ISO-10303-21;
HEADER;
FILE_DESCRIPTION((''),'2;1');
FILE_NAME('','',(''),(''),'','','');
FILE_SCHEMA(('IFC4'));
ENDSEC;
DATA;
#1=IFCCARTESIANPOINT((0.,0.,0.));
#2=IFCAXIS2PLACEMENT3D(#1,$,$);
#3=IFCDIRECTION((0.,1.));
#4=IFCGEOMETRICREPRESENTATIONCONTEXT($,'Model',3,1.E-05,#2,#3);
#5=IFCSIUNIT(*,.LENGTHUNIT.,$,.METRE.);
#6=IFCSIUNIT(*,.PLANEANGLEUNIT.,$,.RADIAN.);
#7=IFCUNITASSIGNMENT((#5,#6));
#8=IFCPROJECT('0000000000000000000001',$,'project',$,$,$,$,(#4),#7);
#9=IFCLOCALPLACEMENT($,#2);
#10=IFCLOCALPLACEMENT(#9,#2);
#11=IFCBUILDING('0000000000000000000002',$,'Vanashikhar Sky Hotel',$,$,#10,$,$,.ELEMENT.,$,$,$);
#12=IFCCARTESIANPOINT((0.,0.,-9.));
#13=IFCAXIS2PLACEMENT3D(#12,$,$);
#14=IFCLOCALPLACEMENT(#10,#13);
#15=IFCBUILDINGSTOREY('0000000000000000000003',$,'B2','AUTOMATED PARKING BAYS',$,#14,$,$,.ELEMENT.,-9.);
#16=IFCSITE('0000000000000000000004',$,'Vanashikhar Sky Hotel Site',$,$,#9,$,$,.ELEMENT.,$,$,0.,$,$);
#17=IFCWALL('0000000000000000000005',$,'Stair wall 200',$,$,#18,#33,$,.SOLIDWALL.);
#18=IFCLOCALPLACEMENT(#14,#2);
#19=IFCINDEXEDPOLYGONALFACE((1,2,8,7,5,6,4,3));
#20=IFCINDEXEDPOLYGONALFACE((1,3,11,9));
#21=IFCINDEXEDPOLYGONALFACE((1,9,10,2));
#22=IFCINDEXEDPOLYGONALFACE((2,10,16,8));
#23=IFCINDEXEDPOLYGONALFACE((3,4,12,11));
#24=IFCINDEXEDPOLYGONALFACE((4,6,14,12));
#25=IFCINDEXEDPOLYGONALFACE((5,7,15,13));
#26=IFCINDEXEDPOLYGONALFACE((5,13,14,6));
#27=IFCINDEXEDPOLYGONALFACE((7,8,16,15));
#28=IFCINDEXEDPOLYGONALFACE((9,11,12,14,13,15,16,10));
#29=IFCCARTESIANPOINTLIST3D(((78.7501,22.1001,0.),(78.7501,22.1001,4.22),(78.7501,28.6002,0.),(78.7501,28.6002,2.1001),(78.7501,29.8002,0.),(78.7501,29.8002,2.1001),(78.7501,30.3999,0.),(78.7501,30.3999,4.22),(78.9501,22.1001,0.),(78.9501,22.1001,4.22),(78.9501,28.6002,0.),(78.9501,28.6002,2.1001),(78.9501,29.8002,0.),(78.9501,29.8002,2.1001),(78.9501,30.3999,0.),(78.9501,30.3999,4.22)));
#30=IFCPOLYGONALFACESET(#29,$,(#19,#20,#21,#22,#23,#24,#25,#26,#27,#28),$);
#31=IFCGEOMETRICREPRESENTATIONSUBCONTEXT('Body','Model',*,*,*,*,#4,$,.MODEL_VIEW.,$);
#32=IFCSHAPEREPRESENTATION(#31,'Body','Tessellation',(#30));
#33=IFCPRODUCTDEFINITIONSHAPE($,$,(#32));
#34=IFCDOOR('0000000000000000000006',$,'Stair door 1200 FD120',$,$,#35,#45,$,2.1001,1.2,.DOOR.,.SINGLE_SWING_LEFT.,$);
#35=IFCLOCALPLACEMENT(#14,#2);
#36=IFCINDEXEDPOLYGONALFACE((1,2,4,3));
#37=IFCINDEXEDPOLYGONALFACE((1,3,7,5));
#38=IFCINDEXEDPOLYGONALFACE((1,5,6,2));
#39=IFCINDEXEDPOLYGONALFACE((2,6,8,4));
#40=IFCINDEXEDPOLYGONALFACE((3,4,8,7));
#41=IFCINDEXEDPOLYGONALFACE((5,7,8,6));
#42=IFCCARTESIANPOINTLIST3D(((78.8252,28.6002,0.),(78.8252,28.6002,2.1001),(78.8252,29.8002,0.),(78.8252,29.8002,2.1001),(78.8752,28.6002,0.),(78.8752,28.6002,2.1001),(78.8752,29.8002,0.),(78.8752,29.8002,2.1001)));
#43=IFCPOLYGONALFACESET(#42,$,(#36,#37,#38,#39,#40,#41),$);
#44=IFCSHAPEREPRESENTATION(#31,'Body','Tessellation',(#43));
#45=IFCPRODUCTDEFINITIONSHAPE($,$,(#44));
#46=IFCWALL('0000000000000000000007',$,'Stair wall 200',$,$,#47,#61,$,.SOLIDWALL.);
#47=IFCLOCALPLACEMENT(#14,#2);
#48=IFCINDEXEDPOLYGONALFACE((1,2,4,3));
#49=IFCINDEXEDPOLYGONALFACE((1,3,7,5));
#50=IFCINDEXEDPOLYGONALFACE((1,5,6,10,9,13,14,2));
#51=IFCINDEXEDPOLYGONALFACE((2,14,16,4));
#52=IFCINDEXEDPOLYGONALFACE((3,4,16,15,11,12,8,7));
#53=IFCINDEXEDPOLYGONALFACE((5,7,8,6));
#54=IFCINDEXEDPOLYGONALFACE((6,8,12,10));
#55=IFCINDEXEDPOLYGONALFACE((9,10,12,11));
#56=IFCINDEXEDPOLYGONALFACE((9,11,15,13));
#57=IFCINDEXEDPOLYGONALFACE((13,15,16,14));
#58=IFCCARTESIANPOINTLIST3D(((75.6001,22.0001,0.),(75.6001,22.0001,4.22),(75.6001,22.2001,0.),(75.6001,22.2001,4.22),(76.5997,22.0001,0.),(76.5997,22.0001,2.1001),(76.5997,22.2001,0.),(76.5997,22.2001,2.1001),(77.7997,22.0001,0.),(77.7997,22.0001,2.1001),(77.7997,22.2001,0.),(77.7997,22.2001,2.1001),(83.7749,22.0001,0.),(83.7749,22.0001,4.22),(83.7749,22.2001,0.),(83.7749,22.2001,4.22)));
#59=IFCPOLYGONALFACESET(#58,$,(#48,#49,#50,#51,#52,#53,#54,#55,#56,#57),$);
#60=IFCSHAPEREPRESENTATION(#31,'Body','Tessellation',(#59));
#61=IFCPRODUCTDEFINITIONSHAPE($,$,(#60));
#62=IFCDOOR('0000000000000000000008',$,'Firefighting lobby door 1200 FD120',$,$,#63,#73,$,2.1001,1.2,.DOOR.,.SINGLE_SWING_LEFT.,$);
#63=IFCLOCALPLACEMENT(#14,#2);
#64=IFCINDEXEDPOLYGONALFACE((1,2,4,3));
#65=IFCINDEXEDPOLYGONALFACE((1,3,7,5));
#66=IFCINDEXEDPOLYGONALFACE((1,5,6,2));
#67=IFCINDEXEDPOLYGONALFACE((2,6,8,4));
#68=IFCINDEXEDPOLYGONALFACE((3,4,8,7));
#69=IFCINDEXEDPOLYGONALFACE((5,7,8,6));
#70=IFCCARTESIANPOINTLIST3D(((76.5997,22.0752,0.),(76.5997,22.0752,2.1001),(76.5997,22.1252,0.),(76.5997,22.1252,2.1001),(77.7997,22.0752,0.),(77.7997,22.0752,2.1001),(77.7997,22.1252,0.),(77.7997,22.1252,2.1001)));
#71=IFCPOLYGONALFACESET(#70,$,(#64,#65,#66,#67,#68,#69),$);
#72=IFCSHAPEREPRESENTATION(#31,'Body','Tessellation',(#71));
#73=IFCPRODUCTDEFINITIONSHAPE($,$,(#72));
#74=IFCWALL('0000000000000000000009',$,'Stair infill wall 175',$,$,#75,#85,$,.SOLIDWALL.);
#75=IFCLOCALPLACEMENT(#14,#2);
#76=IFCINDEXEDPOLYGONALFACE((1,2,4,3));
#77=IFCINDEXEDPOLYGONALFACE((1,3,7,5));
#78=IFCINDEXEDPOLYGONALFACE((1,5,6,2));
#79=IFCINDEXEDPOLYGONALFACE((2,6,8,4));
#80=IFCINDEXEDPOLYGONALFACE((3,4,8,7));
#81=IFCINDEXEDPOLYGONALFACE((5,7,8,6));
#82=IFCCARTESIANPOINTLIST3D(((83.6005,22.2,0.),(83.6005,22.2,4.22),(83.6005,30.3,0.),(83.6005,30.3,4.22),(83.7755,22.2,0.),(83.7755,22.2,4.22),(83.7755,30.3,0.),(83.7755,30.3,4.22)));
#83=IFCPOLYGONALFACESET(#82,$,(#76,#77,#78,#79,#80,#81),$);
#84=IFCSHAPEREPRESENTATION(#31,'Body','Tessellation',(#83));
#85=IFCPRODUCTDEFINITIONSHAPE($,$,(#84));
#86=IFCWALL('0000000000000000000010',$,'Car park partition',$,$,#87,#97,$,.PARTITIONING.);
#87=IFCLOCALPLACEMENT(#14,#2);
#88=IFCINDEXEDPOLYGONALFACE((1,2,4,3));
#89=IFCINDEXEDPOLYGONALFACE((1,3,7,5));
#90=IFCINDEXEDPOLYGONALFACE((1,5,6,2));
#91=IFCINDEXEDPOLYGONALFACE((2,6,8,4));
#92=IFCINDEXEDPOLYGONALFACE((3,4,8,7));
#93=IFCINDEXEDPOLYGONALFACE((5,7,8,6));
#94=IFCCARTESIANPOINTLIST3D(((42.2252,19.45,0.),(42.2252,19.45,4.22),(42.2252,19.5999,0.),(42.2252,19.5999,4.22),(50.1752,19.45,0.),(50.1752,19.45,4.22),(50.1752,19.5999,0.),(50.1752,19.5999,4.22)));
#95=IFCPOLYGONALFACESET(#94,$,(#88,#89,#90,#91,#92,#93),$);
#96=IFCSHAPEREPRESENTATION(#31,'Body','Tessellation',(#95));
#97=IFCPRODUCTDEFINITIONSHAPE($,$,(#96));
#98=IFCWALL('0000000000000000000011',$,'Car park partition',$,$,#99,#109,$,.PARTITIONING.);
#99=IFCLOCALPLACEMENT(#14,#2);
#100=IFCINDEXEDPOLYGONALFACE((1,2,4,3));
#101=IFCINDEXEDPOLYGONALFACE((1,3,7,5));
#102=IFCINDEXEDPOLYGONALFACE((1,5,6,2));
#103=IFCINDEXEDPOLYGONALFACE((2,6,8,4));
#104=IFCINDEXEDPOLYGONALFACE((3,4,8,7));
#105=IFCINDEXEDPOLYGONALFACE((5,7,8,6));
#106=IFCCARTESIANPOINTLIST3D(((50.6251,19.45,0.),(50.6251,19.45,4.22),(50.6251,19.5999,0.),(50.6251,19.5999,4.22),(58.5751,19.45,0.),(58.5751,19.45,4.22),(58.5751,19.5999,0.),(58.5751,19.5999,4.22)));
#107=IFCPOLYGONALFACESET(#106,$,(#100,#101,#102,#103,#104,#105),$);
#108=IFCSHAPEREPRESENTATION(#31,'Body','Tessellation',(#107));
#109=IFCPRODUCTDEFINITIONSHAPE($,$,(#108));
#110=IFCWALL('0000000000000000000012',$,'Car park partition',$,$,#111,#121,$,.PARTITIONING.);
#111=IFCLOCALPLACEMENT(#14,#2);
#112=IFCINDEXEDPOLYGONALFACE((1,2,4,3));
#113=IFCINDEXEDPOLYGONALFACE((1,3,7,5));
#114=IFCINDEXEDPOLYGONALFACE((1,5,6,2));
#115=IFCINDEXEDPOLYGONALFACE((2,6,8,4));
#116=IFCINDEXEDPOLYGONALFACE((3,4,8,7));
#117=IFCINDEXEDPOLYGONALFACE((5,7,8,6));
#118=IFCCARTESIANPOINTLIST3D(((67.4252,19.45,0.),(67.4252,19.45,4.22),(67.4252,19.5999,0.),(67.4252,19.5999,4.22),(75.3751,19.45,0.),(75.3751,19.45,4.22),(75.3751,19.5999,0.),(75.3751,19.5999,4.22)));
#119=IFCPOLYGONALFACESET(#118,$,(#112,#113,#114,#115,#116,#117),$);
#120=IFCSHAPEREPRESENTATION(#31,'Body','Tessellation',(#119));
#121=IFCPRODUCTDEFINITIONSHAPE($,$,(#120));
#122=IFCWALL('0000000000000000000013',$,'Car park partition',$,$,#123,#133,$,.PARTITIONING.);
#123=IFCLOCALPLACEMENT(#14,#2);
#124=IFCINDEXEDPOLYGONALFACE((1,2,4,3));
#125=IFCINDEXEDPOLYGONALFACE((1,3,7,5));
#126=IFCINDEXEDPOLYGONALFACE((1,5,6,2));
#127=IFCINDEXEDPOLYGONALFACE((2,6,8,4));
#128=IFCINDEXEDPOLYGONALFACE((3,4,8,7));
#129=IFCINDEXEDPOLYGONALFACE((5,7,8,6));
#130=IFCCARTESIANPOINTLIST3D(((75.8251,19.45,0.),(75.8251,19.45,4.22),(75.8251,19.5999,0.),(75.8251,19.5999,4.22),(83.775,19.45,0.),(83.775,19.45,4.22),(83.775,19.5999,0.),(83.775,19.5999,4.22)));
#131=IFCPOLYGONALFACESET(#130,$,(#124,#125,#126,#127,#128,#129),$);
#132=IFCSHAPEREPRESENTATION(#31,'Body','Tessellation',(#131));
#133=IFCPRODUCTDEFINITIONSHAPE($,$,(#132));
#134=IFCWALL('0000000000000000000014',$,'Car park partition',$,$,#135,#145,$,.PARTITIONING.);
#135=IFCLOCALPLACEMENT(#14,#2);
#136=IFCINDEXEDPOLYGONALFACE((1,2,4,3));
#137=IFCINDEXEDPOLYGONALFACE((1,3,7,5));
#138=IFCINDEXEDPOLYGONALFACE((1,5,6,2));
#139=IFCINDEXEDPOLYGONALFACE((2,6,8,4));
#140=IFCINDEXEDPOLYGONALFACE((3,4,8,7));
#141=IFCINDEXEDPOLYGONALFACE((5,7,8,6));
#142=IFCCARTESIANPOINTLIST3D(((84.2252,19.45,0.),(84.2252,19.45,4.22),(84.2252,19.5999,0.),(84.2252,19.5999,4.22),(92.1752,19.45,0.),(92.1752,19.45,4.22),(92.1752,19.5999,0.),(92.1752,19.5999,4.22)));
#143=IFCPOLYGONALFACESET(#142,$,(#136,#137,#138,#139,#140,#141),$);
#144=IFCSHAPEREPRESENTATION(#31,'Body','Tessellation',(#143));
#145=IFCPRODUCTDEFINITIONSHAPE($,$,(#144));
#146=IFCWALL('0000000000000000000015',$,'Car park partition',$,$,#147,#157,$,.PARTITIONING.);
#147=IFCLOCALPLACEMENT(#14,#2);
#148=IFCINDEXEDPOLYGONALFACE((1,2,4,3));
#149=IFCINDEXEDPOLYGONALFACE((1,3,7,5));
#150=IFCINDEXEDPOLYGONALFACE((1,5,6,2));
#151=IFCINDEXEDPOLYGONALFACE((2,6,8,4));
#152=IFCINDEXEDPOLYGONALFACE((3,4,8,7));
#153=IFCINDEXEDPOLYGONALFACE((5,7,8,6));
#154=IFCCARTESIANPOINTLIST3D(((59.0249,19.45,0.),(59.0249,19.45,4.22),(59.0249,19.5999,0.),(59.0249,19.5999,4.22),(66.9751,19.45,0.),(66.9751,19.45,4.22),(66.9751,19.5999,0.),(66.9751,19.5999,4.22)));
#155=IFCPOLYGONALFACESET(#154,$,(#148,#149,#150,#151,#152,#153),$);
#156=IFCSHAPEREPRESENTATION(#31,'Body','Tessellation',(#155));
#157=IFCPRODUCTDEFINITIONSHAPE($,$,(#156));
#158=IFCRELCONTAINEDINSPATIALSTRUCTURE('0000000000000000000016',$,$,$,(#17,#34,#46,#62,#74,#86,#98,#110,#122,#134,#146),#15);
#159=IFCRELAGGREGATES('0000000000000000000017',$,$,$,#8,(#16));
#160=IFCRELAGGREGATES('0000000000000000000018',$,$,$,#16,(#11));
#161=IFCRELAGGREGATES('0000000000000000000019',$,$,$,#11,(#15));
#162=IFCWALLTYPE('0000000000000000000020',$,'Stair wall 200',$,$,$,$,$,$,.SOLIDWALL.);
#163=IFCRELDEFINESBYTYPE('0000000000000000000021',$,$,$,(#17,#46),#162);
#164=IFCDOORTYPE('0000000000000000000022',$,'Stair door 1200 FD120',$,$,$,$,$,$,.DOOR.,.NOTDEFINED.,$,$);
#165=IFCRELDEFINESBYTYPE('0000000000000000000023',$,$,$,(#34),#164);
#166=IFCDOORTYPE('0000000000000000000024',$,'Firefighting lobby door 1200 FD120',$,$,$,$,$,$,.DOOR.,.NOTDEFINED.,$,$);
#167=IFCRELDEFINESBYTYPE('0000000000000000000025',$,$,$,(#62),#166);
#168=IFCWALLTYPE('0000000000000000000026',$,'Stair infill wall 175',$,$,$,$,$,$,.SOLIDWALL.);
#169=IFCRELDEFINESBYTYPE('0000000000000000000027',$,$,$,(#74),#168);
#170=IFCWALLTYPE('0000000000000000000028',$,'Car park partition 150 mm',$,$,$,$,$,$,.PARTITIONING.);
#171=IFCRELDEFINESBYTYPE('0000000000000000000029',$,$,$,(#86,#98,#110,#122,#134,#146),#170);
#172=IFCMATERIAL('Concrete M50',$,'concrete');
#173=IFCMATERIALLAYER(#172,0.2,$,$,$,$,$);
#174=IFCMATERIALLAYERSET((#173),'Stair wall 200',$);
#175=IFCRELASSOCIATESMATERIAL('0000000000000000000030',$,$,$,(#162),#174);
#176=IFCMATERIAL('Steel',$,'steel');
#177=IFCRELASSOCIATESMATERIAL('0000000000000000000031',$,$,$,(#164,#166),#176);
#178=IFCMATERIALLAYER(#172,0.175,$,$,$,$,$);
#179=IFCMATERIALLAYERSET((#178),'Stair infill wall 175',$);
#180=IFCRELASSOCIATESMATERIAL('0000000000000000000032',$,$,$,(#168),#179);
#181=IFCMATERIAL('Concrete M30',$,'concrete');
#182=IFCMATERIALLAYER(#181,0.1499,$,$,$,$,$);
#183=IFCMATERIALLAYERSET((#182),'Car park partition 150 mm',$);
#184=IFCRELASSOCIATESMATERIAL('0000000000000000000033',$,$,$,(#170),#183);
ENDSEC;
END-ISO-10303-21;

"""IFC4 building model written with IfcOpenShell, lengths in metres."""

from ifc_helpers import new_model, si_unit, direction, frame, frame_2d, origin, place, context, subcontext, project, spatial, rectangle, extrude, source, transform, mapped, material, layer, layer_set, type_object, element, fill, save


model = new_model("IFC4")

# Units and contexts
model_context = context("Model", 3, precision=1e-05, world=origin(), true_north=direction((0.0, 1.0)))
body_context = subcontext(model_context, "Body", "Model", "MODEL_VIEW")
ifc_project = project(units=[si_unit("LENGTHUNIT", "METRE"), si_unit("PLANEANGLEUNIT", "RADIAN")], contexts=[model_context])

# Site, building, storey
site_placement = place(None, origin())
site = spatial("IfcSite", under=ifc_project, at=site_placement, Name="Vanashikhar Sky Hotel Site", CompositionType="ELEMENT", RefElevation=0.0)
building_placement = place(site_placement, origin())
building = spatial("IfcBuilding", under=site, at=building_placement, Name="Vanashikhar Sky Hotel", CompositionType="ELEMENT")
storey_placement = place(building_placement, frame((0.0, 0.0, -9.0)))
storey = spatial("IfcBuildingStorey", under=building, at=storey_placement, Name="B2", Description="AUTOMATED PARKING BAYS", CompositionType="ELEMENT", Elevation=-9.0)

# Shared definitions
ifc_material_1 = material(Name="Concrete M50", Category="concrete")

# Shared definitions
ifc_material_2 = material(Name="Steel", Category="steel")

# Walls, openings, doors
ifc_layer_1 = layer(ifc_material_1, 0.2)
ifc_layer_set_1 = layer_set([ifc_layer_1], Name="Stair wall 200")
wall_type_1 = type_object("IfcWallType", Name="Stair wall 200", PredefinedType="SOLIDWALL", material=ifc_layer_set_1)
shared_shape_1 = source(origin(), body_context, "Body", "SweptSolid", [
    extrude(rectangle(XDim=8.2998, YDim=0.2, at=frame_2d((4.1499, 0.0))), origin(), (0.0, 0.0, 1.0), 4.22),
])
wall_1_placement = place(storey_placement, frame((78.8501, 22.1001, 0.0), z_axis=(0.0, 0.0, 1.0), x_axis=(0.0, 1.0, 0.0)))
wall_1 = element("IfcWall", 1, at=wall_1_placement, inside=storey, type_object=wall_type_1, Name="Stair wall 200", PredefinedType="SOLIDWALL", context=body_context, shape_type="MappedRepresentation", body=[
    mapped(shared_shape_1, transform((0.0, 0.0, 0.0), scale=1.0)),
])
shared_shape_2 = source(origin(), body_context, "Body", "SweptSolid", [
    extrude(rectangle(XDim=1.2, YDim=2.1001, at=frame_2d((0.6001, 1.05))), frame((0.0, 0.1099, 0.0), z_axis=(0.0, -1.0, 0.0), x_axis=(1.0, 0.0, 0.0)), (0.0, 0.0, 1.0), 0.22),
])
opening_1_placement = place(wall_1_placement, frame((6.5, 0.0, 0.0)))
opening_1 = element("IfcOpeningElement", 2, at=opening_1_placement, cuts=wall_1, PredefinedType="OPENING", context=body_context, shape_type="MappedRepresentation", body=[
    mapped(shared_shape_2, transform((0.0, 0.0, 0.0), scale=1.0)),
])
door_type_1 = type_object("IfcDoorType", Name="Stair door 1200 FD120", OperationType="NOTDEFINED", PredefinedType="DOOR", material=ifc_material_2)
shared_shape_3 = source(origin(), body_context, "Body", "SweptSolid", [
    extrude(rectangle(XDim=1.2, YDim=2.1001, at=frame_2d((0.6001, 1.05))), frame((0.0, 0.0249, 0.0), z_axis=(0.0, -1.0, 0.0), x_axis=(1.0, 0.0, 0.0)), (0.0, 0.0, 1.0), 0.05),
])
door_1_placement = place(opening_1_placement, origin())
door_1 = element("IfcDoor", 3, at=door_1_placement, inside=storey, type_object=door_type_1, Name="Stair door 1200 FD120", OperationType="SINGLE_SWING_LEFT", OverallHeight=2.1001, OverallWidth=1.2, PredefinedType="DOOR", context=body_context, shape_type="MappedRepresentation", body=[
    mapped(shared_shape_3, transform((0.0, 0.0, 0.0), scale=1.0)),
])
fill(opening_1, door_1)
shared_shape_4 = source(origin(), body_context, "Body", "SweptSolid", [
    extrude(rectangle(XDim=8.1748, YDim=0.2, at=frame_2d((4.0874, 0.0))), origin(), (0.0, 0.0, 1.0), 4.22),
])
wall_2_placement = place(storey_placement, frame((83.7749, 22.1001, 0.0), z_axis=(0.0, 0.0, 1.0), x_axis=(-1.0, 0.0, 0.0)))
wall_2 = element("IfcWall", 4, at=wall_2_placement, inside=storey, type_object=wall_type_1, Name="Stair wall 200", PredefinedType="SOLIDWALL", context=body_context, shape_type="MappedRepresentation", body=[
    mapped(shared_shape_4, transform((0.0, 0.0, 0.0), scale=1.0)),
])
opening_2_placement = place(wall_2_placement, frame((5.9751, 0.0, 0.0)))
opening_2 = element("IfcOpeningElement", 5, at=opening_2_placement, cuts=wall_2, PredefinedType="OPENING", context=body_context, shape_type="MappedRepresentation", body=[
    mapped(shared_shape_2, transform((0.0, 0.0, 0.0), scale=1.0)),
])
door_type_2 = type_object("IfcDoorType", Name="Firefighting lobby door 1200 FD120", OperationType="NOTDEFINED", PredefinedType="DOOR", material=ifc_material_2)
door_2_placement = place(opening_2_placement, origin())
door_2 = element("IfcDoor", 6, at=door_2_placement, inside=storey, type_object=door_type_2, Name="Firefighting lobby door 1200 FD120", OperationType="SINGLE_SWING_LEFT", OverallHeight=2.1001, OverallWidth=1.2, PredefinedType="DOOR", context=body_context, shape_type="MappedRepresentation", body=[
    mapped(shared_shape_3, transform((0.0, 0.0, 0.0), scale=1.0)),
])
fill(opening_2, door_2)

# Walls
ifc_layer_2 = layer(ifc_material_1, 0.175)
ifc_layer_set_2 = layer_set([ifc_layer_2], Name="Stair infill wall 175")
wall_type_2 = type_object("IfcWallType", Name="Stair infill wall 175", PredefinedType="SOLIDWALL", material=ifc_layer_set_2)
shared_shape_5 = source(origin(), body_context, "Body", "SweptSolid", [
    extrude(rectangle(XDim=8.1001, YDim=0.175, at=frame_2d((4.05, 0.0))), origin(), (0.0, 0.0, 1.0), 4.22),
])
wall_3_placement = place(storey_placement, frame((83.688, 22.2, 0.0), z_axis=(0.0, 0.0, 1.0), x_axis=(0.0, 1.0, 0.0)))
element("IfcWall", 7, at=wall_3_placement, inside=storey, type_object=wall_type_2, Name="Stair infill wall 175", PredefinedType="SOLIDWALL", context=body_context, shape_type="MappedRepresentation", body=[
    mapped(shared_shape_5, transform((0.0, 0.0, 0.0), scale=1.0)),
])
ifc_material_3 = material(Name="Concrete M30", Category="concrete")
ifc_layer_3 = layer(ifc_material_3, 0.1499)
ifc_layer_set_3 = layer_set([ifc_layer_3], Name="Car park partition 150 mm")
wall_type_3 = type_object("IfcWallType", Name="Car park partition 150 mm", PredefinedType="PARTITIONING", material=ifc_layer_set_3)
shared_shape_6 = source(origin(), body_context, "Body", "SweptSolid", [
    extrude(rectangle(XDim=7.95, YDim=0.1499, at=frame_2d((3.9751, 0.0))), origin(), (0.0, 0.0, 1.0), 4.22),
])
for number, where, z_axis, x_axis, name in (
    (8, (42.2251, 19.5249, 0.0), (0.0, 0.0, 1.0), (1.0, 0.0, 0.0), "Car park partition"),
    (9, (50.625, 19.5249, 0.0), (0.0, 0.0, 1.0), (1.0, 0.0, 0.0), "Car park partition"),
    (10, (67.425, 19.5249, 0.0), (0.0, 0.0, 1.0), (1.0, 0.0, 0.0), "Car park partition"),
    (11, (75.825, 19.5249, 0.0), (0.0, 0.0, 1.0), (1.0, 0.0, 0.0), "Car park partition"),
    (12, (84.2251, 19.5249, 0.0), (0.0, 0.0, 1.0), (1.0, 0.0, 0.0), "Car park partition"),
):
    element("IfcWall", number, at=place(storey_placement, frame(where, z_axis=z_axis, x_axis=x_axis)), inside=storey, type_object=wall_type_3, Name=name, PredefinedType="PARTITIONING", context=body_context, shape_type="MappedRepresentation", body=[
        mapped(shared_shape_6, transform((0.0, 0.0, 0.0), scale=1.0)),
    ])
shared_shape_7 = source(origin(), body_context, "Body", "SweptSolid", [
    extrude(rectangle(XDim=7.9502, YDim=0.1499, at=frame_2d((3.9751, 0.0))), origin(), (0.0, 0.0, 1.0), 4.22),
])
wall_4_placement = place(storey_placement, frame((59.0249, 19.5249, 0.0), z_axis=(0.0, 0.0, 1.0), x_axis=(1.0, 0.0, 0.0)))
element("IfcWall", 13, at=wall_4_placement, inside=storey, type_object=wall_type_3, Name="Car park partition", PredefinedType="PARTITIONING", context=body_context, shape_type="MappedRepresentation", body=[
    mapped(shared_shape_7, transform((0.0, 0.0, 0.0), scale=1.0)),
])

save(model, "model.ifc")
